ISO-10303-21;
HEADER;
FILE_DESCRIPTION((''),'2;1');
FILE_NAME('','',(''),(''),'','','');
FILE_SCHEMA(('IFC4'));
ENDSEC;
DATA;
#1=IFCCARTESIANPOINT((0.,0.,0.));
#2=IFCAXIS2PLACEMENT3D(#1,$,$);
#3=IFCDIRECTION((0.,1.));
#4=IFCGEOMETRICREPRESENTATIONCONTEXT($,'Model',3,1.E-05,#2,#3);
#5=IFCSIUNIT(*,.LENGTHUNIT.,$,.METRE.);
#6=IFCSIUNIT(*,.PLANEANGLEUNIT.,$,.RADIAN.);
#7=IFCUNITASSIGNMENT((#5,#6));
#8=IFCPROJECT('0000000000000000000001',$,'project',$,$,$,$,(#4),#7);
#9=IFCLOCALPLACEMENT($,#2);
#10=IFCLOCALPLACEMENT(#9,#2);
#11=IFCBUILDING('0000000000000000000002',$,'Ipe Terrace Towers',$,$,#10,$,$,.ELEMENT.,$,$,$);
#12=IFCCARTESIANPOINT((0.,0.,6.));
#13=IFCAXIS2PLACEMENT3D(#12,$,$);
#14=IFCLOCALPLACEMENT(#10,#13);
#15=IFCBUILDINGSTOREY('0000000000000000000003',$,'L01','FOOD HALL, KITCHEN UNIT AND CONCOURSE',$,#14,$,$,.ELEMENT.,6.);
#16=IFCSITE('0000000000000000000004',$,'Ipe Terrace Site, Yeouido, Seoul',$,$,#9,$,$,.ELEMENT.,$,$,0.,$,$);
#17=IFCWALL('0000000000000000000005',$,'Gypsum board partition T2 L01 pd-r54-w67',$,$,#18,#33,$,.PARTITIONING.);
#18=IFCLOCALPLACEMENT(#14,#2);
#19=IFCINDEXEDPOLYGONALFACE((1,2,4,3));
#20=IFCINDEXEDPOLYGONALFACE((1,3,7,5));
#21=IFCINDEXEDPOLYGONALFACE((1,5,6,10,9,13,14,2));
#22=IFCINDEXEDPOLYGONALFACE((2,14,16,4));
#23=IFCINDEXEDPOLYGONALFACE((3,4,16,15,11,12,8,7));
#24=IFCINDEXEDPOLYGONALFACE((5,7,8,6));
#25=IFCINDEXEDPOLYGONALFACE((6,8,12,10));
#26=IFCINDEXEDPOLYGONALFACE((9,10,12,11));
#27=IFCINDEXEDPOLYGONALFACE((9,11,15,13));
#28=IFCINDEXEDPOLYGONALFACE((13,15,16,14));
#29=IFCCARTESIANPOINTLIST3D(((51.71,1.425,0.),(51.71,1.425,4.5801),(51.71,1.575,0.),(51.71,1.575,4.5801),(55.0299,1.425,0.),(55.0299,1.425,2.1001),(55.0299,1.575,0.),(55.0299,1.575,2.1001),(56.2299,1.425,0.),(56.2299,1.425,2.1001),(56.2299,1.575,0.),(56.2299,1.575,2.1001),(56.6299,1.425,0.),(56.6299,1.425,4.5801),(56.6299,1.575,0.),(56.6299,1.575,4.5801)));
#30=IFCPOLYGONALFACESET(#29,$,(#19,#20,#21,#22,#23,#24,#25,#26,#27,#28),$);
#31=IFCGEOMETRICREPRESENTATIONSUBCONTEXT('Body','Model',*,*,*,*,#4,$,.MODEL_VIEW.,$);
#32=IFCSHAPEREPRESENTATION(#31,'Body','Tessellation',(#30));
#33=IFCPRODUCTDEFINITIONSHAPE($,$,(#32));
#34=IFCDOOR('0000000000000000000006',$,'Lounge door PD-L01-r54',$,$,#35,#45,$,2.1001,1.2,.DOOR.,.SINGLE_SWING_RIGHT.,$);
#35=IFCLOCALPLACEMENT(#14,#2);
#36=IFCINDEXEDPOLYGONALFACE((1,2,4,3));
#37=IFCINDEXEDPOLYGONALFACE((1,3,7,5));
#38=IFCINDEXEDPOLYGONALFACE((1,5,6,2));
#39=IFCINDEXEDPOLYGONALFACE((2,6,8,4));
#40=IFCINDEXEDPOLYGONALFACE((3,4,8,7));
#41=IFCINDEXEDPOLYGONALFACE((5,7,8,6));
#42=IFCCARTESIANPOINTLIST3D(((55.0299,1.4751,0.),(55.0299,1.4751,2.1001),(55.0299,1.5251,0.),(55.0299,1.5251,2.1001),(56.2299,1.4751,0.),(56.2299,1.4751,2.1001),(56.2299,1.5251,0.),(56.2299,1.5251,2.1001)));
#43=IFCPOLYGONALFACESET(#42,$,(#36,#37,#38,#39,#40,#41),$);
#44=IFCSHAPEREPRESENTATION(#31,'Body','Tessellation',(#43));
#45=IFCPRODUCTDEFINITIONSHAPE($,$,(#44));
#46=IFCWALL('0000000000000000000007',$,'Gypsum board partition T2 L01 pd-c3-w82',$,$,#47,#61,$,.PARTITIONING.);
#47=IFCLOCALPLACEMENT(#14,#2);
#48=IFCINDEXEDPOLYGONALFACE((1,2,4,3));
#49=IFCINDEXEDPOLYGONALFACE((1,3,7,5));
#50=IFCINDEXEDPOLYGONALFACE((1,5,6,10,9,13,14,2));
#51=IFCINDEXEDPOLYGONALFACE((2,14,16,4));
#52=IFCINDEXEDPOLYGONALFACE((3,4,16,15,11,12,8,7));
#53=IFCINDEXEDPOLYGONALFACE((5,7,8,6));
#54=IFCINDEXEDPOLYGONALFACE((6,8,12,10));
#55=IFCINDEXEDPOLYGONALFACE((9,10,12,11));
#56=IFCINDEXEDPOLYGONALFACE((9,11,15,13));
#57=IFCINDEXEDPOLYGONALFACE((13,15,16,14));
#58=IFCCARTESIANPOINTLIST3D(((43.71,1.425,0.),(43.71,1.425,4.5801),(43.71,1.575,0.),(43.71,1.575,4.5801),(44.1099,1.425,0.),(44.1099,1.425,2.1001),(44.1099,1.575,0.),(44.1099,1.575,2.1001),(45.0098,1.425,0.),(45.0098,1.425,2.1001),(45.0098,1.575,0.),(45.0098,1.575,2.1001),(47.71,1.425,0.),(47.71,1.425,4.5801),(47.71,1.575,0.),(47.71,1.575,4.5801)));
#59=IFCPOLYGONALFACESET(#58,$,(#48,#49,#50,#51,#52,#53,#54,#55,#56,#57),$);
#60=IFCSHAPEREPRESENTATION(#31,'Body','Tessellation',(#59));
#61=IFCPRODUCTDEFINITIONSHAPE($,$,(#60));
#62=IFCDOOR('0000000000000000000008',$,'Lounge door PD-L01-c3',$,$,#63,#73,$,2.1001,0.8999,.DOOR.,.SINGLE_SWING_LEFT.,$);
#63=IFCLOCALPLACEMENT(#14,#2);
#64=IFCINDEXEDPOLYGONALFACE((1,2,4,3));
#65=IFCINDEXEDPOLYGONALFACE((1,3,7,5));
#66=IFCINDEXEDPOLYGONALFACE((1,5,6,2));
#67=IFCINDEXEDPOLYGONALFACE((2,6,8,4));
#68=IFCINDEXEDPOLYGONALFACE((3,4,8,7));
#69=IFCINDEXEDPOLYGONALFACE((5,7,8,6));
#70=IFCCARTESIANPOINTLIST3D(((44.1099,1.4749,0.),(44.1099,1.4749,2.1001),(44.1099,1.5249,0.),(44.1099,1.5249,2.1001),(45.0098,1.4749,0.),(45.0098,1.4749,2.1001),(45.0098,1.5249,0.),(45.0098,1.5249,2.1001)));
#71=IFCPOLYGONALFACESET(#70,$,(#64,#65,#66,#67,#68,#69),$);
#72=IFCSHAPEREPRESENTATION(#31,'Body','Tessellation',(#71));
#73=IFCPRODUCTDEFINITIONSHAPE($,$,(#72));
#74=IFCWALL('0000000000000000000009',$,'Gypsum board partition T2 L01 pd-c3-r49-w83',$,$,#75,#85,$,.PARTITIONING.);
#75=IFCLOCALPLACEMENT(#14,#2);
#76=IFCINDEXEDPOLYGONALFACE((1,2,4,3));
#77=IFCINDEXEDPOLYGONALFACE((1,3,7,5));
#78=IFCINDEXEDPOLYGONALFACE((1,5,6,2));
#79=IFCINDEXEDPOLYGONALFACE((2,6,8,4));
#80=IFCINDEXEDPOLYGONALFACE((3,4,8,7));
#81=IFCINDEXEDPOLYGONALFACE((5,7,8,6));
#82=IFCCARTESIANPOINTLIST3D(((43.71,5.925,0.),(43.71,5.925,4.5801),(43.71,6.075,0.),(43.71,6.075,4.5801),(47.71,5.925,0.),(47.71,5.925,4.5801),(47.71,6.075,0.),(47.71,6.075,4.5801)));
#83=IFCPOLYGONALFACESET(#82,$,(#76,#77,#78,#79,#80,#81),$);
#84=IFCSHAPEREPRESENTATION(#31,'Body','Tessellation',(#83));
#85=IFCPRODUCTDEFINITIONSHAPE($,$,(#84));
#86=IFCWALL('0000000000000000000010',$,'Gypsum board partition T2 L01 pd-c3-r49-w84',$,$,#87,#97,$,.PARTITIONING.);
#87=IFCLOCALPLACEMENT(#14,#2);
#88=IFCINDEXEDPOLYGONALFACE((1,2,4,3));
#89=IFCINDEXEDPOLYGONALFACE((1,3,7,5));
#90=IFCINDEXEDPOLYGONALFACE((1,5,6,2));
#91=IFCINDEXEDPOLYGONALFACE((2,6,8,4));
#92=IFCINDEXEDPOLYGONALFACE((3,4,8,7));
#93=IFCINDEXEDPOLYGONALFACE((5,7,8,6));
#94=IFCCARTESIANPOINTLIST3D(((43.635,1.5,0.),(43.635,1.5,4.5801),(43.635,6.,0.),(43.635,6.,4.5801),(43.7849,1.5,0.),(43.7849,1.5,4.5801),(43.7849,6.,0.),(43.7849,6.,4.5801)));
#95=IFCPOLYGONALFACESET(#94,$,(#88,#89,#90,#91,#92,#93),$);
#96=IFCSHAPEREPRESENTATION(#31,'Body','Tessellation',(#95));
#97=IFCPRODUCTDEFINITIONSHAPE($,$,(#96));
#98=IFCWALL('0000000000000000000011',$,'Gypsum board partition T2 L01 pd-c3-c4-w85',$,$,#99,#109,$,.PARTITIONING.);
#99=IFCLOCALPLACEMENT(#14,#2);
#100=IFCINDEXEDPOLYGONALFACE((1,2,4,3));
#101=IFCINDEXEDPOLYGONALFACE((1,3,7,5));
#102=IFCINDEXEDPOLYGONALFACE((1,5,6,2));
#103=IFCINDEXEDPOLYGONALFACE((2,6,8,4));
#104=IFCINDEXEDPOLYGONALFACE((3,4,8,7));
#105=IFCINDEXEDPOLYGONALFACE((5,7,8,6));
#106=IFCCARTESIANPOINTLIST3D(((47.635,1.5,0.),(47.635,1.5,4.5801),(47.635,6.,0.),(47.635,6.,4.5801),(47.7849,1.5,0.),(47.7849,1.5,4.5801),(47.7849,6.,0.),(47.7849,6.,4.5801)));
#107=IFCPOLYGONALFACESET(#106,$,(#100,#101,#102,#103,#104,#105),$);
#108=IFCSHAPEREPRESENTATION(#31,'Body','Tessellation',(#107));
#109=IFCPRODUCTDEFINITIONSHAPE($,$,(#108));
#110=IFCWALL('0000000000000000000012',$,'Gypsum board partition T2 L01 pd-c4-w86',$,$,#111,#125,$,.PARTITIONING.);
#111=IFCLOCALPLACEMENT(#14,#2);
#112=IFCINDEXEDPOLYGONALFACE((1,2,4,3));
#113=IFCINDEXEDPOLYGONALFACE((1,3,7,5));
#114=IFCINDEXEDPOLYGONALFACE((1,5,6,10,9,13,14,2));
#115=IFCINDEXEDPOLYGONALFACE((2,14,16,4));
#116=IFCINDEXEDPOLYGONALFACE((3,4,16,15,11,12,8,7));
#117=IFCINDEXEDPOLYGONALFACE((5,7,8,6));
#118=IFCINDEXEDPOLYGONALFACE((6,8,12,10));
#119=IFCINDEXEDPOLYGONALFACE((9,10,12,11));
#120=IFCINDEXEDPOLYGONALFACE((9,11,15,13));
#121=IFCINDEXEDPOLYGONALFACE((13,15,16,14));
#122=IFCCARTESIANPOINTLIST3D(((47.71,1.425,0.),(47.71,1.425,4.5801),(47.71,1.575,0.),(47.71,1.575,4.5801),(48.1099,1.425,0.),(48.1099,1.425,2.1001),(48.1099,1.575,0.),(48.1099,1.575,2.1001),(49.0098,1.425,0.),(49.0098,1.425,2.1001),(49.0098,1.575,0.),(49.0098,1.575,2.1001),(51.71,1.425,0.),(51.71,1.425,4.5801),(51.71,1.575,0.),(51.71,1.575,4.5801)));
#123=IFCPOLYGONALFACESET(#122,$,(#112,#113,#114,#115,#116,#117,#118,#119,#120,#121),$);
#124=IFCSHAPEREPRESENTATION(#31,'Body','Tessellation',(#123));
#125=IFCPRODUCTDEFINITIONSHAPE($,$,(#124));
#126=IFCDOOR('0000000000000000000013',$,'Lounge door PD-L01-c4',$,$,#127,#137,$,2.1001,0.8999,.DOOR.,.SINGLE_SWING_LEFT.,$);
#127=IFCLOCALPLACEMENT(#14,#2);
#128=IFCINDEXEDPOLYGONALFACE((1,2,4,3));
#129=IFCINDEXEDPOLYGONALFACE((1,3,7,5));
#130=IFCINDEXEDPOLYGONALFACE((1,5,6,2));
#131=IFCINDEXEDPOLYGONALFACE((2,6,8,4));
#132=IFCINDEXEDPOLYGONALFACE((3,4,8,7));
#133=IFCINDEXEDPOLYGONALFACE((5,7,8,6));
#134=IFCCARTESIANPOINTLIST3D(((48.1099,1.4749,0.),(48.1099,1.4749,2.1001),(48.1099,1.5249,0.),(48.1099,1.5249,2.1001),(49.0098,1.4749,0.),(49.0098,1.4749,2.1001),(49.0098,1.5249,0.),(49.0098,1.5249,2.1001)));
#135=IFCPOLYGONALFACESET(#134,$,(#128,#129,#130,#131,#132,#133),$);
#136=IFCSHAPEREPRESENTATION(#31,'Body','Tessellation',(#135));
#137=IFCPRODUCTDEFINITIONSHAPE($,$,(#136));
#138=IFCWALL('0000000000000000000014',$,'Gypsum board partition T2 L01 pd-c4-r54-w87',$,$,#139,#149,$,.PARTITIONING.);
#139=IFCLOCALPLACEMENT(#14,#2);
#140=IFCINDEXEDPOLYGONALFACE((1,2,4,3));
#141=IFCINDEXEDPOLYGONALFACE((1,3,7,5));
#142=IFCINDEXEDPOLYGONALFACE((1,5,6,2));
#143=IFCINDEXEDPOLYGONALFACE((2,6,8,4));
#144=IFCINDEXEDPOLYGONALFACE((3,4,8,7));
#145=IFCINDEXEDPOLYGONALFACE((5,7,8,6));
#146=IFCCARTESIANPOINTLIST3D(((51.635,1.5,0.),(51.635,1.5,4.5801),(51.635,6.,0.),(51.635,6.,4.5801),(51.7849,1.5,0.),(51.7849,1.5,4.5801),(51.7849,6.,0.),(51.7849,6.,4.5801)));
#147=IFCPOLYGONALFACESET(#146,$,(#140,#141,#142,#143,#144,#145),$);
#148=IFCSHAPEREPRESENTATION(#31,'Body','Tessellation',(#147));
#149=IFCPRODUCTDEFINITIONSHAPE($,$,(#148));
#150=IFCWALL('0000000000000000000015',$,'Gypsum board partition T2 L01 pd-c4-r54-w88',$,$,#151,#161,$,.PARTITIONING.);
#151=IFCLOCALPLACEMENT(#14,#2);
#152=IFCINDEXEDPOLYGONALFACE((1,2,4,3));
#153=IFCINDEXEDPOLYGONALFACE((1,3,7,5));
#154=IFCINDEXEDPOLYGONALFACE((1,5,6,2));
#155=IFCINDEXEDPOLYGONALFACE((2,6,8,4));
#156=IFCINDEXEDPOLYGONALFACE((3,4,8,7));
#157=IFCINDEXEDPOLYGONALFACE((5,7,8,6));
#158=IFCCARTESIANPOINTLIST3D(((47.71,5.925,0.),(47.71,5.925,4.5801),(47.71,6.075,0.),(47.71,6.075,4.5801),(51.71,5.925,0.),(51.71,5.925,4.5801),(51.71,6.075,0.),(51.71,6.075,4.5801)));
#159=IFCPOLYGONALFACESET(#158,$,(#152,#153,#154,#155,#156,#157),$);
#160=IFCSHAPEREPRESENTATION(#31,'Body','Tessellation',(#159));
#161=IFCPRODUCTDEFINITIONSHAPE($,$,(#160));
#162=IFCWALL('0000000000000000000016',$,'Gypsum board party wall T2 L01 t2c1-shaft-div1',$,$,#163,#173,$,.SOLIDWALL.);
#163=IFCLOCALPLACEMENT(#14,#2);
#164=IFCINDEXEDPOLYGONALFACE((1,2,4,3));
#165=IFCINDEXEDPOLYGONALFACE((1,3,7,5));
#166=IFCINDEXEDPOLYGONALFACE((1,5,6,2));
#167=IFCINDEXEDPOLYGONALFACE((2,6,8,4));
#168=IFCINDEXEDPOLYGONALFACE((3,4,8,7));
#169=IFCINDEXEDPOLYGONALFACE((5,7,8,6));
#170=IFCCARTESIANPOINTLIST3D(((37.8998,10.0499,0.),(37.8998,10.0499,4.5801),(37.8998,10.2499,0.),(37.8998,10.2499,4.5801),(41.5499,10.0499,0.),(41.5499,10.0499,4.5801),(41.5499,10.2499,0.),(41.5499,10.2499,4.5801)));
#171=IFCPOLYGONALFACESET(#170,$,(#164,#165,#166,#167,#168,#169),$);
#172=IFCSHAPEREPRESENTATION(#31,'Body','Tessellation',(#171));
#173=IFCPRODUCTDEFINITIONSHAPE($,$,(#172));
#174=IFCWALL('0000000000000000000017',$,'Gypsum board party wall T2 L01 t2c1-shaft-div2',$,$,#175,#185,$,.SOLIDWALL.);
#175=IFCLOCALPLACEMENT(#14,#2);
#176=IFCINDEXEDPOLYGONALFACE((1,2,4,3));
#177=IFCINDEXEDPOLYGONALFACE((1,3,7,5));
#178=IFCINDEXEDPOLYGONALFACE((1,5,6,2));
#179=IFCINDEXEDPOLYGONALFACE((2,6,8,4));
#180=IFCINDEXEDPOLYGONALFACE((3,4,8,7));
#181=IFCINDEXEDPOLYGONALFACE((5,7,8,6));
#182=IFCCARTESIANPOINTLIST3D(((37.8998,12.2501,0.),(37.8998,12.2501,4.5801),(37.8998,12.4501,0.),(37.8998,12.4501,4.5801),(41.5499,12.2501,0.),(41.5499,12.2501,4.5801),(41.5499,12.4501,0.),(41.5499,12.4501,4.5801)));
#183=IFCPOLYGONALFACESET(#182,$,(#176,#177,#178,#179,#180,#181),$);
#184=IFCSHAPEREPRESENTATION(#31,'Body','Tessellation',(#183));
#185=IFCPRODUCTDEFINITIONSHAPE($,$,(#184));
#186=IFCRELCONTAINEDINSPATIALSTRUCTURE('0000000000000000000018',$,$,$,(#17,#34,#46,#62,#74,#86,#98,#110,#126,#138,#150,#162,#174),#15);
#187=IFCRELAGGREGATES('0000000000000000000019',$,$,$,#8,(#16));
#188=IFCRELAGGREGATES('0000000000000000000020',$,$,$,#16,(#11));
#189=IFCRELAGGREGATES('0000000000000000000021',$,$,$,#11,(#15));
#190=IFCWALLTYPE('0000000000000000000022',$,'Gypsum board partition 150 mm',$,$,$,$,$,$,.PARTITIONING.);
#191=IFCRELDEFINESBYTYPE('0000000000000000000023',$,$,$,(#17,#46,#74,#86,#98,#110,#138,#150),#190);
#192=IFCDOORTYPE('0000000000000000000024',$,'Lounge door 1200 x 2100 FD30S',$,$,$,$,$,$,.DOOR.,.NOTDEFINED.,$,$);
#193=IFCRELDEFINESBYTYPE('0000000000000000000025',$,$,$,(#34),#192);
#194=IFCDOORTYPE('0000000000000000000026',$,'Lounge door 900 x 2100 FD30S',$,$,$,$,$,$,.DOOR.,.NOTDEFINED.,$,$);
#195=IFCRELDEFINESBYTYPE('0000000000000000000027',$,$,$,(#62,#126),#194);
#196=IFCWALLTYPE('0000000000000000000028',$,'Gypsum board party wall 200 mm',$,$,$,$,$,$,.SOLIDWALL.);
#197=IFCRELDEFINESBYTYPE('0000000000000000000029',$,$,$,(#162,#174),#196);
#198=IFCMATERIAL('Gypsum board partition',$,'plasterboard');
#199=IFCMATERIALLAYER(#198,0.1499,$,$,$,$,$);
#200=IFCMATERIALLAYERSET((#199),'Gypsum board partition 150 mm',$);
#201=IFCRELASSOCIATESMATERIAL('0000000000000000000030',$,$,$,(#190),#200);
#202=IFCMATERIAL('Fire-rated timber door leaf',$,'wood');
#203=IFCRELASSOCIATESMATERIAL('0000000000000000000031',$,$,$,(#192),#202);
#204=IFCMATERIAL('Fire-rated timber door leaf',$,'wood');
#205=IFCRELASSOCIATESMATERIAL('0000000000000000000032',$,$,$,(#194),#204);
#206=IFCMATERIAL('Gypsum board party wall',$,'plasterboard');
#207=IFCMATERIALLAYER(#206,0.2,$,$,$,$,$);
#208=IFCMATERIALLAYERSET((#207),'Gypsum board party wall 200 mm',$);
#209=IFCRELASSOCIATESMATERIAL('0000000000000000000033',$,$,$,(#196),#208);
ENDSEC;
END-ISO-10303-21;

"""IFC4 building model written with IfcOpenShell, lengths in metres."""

from ifc_helpers import new_model, si_unit, direction, frame, frame_2d, origin, place, context, subcontext, project, spatial, rectangle, extrude, material, layer, layer_set, type_object, element, fill, save


model = new_model("IFC4")

# Units and contexts
model_context = context("Model", 3, precision=1e-05, world=origin(), true_north=direction((0.0, 1.0)))
body_context = subcontext(model_context, "Body", "Model", "MODEL_VIEW")
ifc_project = project(units=[si_unit("LENGTHUNIT", "METRE"), si_unit("PLANEANGLEUNIT", "RADIAN")], contexts=[model_context])

# Site, building, storey
site_placement = place(None, origin())
site = spatial("IfcSite", under=ifc_project, at=site_placement, Name="Ipe Terrace Site, Yeouido, Seoul", CompositionType="ELEMENT", RefElevation=0.0)
building_placement = place(site_placement, origin())
building = spatial("IfcBuilding", under=site, at=building_placement, Name="Ipe Terrace Towers", CompositionType="ELEMENT")
storey_placement = place(building_placement, frame((0.0, 0.0, 6.0)))
storey = spatial("IfcBuildingStorey", under=building, at=storey_placement, Name="L01", Description="FOOD HALL, KITCHEN UNIT AND CONCOURSE", CompositionType="ELEMENT", Elevation=6.0)

# Shared definitions
ifc_material_1 = material(Name="Gypsum board partition", Category="plasterboard")
ifc_layer_1 = layer(ifc_material_1, 0.1499)
ifc_layer_set_1 = layer_set([ifc_layer_1], Name="Gypsum board partition 150 mm")
wall_type_1 = type_object("IfcWallType", Name="Gypsum board partition 150 mm", PredefinedType="PARTITIONING", material=ifc_layer_set_1)

# Walls, openings, doors
wall_1_placement = place(storey_placement, frame((56.6299, 1.5, 0.0), z_axis=(0.0, 0.0, 1.0), x_axis=(-1.0, 0.0, 0.0)))
wall_1 = element("IfcWall", 1, at=wall_1_placement, inside=storey, type_object=wall_type_1, Name="Gypsum board partition T2 L01 pd-r54-w67", PredefinedType="PARTITIONING", context=body_context, shape_type="SweptSolid", body=[
    extrude(rectangle(XDim=4.9199, YDim=0.1499, at=frame_2d((2.46, 0.0))), origin(), (0.0, 0.0, 1.0), 4.5801),
])
opening_1_placement = place(wall_1_placement, frame((0.3999, 0.0, 0.0)))
opening_1 = element("IfcOpeningElement", 2, at=opening_1_placement, cuts=wall_1, PredefinedType="OPENING", context=body_context, shape_type="SweptSolid", body=[
    extrude(rectangle(XDim=1.2, YDim=2.1001, at=frame_2d((0.6001, 1.05))), frame((0.0, 0.085, 0.0), z_axis=(0.0, -1.0, 0.0), x_axis=(1.0, 0.0, 0.0)), (0.0, 0.0, 1.0), 0.1699),
])
ifc_material_2 = material(Name="Fire-rated timber door leaf", Category="wood")
door_type_1 = type_object("IfcDoorType", Name="Lounge door 1200 x 2100 FD30S", OperationType="NOTDEFINED", PredefinedType="DOOR", material=ifc_material_2)
door_1_placement = place(opening_1_placement, origin())
door_1 = element("IfcDoor", 3, at=door_1_placement, inside=storey, type_object=door_type_1, Name="Lounge door PD-L01-r54", OperationType="SINGLE_SWING_RIGHT", OverallHeight=2.1001, OverallWidth=1.2, PredefinedType="DOOR", context=body_context, shape_type="SweptSolid", body=[
    extrude(rectangle(XDim=1.2, YDim=2.1001, at=frame_2d((0.6001, 1.05))), frame((0.0, 0.0249, 0.0), z_axis=(0.0, -1.0, 0.0), x_axis=(1.0, 0.0, 0.0)), (0.0, 0.0, 1.0), 0.05),
])
fill(opening_1, door_1)
wall_2_placement = place(storey_placement, frame((43.71, 1.5, 0.0), z_axis=(0.0, 0.0, 1.0), x_axis=(1.0, 0.0, 0.0)))
wall_2 = element("IfcWall", 4, at=wall_2_placement, inside=storey, type_object=wall_type_1, Name="Gypsum board partition T2 L01 pd-c3-w82", PredefinedType="PARTITIONING", context=body_context, shape_type="SweptSolid", body=[
    extrude(rectangle(XDim=4.0, YDim=0.1499, at=frame_2d((2.0, 0.0))), origin(), (0.0, 0.0, 1.0), 4.5801),
])
opening_2_placement = place(wall_2_placement, frame((0.3999, 0.0, 0.0)))
opening_2 = element("IfcOpeningElement", 5, at=opening_2_placement, cuts=wall_2, PredefinedType="OPENING", context=body_context, shape_type="SweptSolid", body=[
    extrude(rectangle(XDim=0.8999, YDim=2.1001, at=frame_2d((0.45, 1.05))), frame((0.0, 0.085, 0.0), z_axis=(0.0, -1.0, 0.0), x_axis=(1.0, 0.0, 0.0)), (0.0, 0.0, 1.0), 0.1699),
])
ifc_material_3 = material(Name="Fire-rated timber door leaf", Category="wood")
door_type_2 = type_object("IfcDoorType", Name="Lounge door 900 x 2100 FD30S", OperationType="NOTDEFINED", PredefinedType="DOOR", material=ifc_material_3)
door_2_placement = place(opening_2_placement, origin())
door_2 = element("IfcDoor", 6, at=door_2_placement, inside=storey, type_object=door_type_2, Name="Lounge door PD-L01-c3", OperationType="SINGLE_SWING_LEFT", OverallHeight=2.1001, OverallWidth=0.8999, PredefinedType="DOOR", context=body_context, shape_type="SweptSolid", body=[
    extrude(rectangle(XDim=0.8999, YDim=2.1001, at=frame_2d((0.45, 1.05))), frame((0.0, 0.0249, 0.0), z_axis=(0.0, -1.0, 0.0), x_axis=(1.0, 0.0, 0.0)), (0.0, 0.0, 1.0), 0.05),
])
fill(opening_2, door_2)

# Walls
wall_3_placement = place(storey_placement, frame((47.71, 6.0, 0.0), z_axis=(0.0, 0.0, 1.0), x_axis=(-1.0, 0.0, 0.0)))
element("IfcWall", 7, at=wall_3_placement, inside=storey, type_object=wall_type_1, Name="Gypsum board partition T2 L01 pd-c3-r49-w83", PredefinedType="PARTITIONING", context=body_context, shape_type="SweptSolid", body=[
    extrude(rectangle(XDim=4.0, YDim=0.1499, at=frame_2d((2.0, 0.0))), origin(), (0.0, 0.0, 1.0), 4.5801),
])
for number, where, z_axis, x_axis, name in (
    (8, (43.71, 6.0, 0.0), (0.0, 0.0, 1.0), (0.0, -1.0, 0.0), "Gypsum board partition T2 L01 pd-c3-r49-w84"),
    (9, (47.71, 1.5, 0.0), (0.0, 0.0, 1.0), (0.0, 1.0, 0.0), "Gypsum board partition T2 L01 pd-c3-c4-w85"),
):
    element("IfcWall", number, at=place(storey_placement, frame(where, z_axis=z_axis, x_axis=x_axis)), inside=storey, type_object=wall_type_1, Name=name, PredefinedType="PARTITIONING", context=body_context, shape_type="SweptSolid", body=[
        extrude(rectangle(XDim=4.5, YDim=0.1499, at=frame_2d((2.25, 0.0))), origin(), (0.0, 0.0, 1.0), 4.5801),
    ])

# Wall, opening, door
wall_4_placement = place(storey_placement, frame((47.71, 1.5, 0.0), z_axis=(0.0, 0.0, 1.0), x_axis=(1.0, 0.0, 0.0)))
wall_4 = element("IfcWall", 10, at=wall_4_placement, inside=storey, type_object=wall_type_1, Name="Gypsum board partition T2 L01 pd-c4-w86", PredefinedType="PARTITIONING", context=body_context, shape_type="SweptSolid", body=[
    extrude(rectangle(XDim=4.0, YDim=0.1499, at=frame_2d((2.0, 0.0))), origin(), (0.0, 0.0, 1.0), 4.5801),
])
opening_3_placement = place(wall_4_placement, frame((0.3999, 0.0, 0.0)))
opening_3 = element("IfcOpeningElement", 11, at=opening_3_placement, cuts=wall_4, PredefinedType="OPENING", context=body_context, shape_type="SweptSolid", body=[
    extrude(rectangle(XDim=0.8999, YDim=2.1001, at=frame_2d((0.45, 1.05))), frame((0.0, 0.085, 0.0), z_axis=(0.0, -1.0, 0.0), x_axis=(1.0, 0.0, 0.0)), (0.0, 0.0, 1.0), 0.1699),
])
door_3_placement = place(opening_3_placement, origin())
door_3 = element("IfcDoor", 12, at=door_3_placement, inside=storey, type_object=door_type_2, Name="Lounge door PD-L01-c4", OperationType="SINGLE_SWING_LEFT", OverallHeight=2.1001, OverallWidth=0.8999, PredefinedType="DOOR", context=body_context, shape_type="SweptSolid", body=[
    extrude(rectangle(XDim=0.8999, YDim=2.1001, at=frame_2d((0.45, 1.05))), frame((0.0, 0.0249, 0.0), z_axis=(0.0, -1.0, 0.0), x_axis=(1.0, 0.0, 0.0)), (0.0, 0.0, 1.0), 0.05),
])
fill(opening_3, door_3)

# Walls
wall_5_placement = place(storey_placement, frame((51.71, 1.5, 0.0), z_axis=(0.0, 0.0, 1.0), x_axis=(0.0, 1.0, 0.0)))
element("IfcWall", 13, at=wall_5_placement, inside=storey, type_object=wall_type_1, Name="Gypsum board partition T2 L01 pd-c4-r54-w87", PredefinedType="PARTITIONING", context=body_context, shape_type="SweptSolid", body=[
    extrude(rectangle(XDim=4.5, YDim=0.1499, at=frame_2d((2.25, 0.0))), origin(), (0.0, 0.0, 1.0), 4.5801),
])
wall_6_placement = place(storey_placement, frame((51.71, 6.0, 0.0), z_axis=(0.0, 0.0, 1.0), x_axis=(-1.0, 0.0, 0.0)))
element("IfcWall", 14, at=wall_6_placement, inside=storey, type_object=wall_type_1, Name="Gypsum board partition T2 L01 pd-c4-r54-w88", PredefinedType="PARTITIONING", context=body_context, shape_type="SweptSolid", body=[
    extrude(rectangle(XDim=4.0, YDim=0.1499, at=frame_2d((2.0, 0.0))), origin(), (0.0, 0.0, 1.0), 4.5801),
])
ifc_material_4 = material(Name="Gypsum board party wall", Category="plasterboard")
ifc_layer_2 = layer(ifc_material_4, 0.2)
ifc_layer_set_2 = layer_set([ifc_layer_2], Name="Gypsum board party wall 200 mm")
wall_type_2 = type_object("IfcWallType", Name="Gypsum board party wall 200 mm", PredefinedType="SOLIDWALL", material=ifc_layer_set_2)
for number, where, z_axis, x_axis, name in (
    (15, (41.55, 10.1499, 0.0), (0.0, 0.0, 1.0), (-1.0, 0.0, 0.0), "Gypsum board party wall T2 L01 t2c1-shaft-div1"),
    (16, (41.55, 12.3501, 0.0), (0.0, 0.0, 1.0), (-1.0, 0.0, 0.0), "Gypsum board party wall T2 L01 t2c1-shaft-div2"),
):
    element("IfcWall", number, at=place(storey_placement, frame(where, z_axis=z_axis, x_axis=x_axis)), inside=storey, type_object=wall_type_2, Name=name, PredefinedType="SOLIDWALL", context=body_context, shape_type="SweptSolid", body=[
        extrude(rectangle(XDim=3.6501, YDim=0.2, at=frame_2d((1.8252, 0.0))), origin(), (0.0, 0.0, 1.0), 4.5801),
    ])

save(model, "model.ifc")
